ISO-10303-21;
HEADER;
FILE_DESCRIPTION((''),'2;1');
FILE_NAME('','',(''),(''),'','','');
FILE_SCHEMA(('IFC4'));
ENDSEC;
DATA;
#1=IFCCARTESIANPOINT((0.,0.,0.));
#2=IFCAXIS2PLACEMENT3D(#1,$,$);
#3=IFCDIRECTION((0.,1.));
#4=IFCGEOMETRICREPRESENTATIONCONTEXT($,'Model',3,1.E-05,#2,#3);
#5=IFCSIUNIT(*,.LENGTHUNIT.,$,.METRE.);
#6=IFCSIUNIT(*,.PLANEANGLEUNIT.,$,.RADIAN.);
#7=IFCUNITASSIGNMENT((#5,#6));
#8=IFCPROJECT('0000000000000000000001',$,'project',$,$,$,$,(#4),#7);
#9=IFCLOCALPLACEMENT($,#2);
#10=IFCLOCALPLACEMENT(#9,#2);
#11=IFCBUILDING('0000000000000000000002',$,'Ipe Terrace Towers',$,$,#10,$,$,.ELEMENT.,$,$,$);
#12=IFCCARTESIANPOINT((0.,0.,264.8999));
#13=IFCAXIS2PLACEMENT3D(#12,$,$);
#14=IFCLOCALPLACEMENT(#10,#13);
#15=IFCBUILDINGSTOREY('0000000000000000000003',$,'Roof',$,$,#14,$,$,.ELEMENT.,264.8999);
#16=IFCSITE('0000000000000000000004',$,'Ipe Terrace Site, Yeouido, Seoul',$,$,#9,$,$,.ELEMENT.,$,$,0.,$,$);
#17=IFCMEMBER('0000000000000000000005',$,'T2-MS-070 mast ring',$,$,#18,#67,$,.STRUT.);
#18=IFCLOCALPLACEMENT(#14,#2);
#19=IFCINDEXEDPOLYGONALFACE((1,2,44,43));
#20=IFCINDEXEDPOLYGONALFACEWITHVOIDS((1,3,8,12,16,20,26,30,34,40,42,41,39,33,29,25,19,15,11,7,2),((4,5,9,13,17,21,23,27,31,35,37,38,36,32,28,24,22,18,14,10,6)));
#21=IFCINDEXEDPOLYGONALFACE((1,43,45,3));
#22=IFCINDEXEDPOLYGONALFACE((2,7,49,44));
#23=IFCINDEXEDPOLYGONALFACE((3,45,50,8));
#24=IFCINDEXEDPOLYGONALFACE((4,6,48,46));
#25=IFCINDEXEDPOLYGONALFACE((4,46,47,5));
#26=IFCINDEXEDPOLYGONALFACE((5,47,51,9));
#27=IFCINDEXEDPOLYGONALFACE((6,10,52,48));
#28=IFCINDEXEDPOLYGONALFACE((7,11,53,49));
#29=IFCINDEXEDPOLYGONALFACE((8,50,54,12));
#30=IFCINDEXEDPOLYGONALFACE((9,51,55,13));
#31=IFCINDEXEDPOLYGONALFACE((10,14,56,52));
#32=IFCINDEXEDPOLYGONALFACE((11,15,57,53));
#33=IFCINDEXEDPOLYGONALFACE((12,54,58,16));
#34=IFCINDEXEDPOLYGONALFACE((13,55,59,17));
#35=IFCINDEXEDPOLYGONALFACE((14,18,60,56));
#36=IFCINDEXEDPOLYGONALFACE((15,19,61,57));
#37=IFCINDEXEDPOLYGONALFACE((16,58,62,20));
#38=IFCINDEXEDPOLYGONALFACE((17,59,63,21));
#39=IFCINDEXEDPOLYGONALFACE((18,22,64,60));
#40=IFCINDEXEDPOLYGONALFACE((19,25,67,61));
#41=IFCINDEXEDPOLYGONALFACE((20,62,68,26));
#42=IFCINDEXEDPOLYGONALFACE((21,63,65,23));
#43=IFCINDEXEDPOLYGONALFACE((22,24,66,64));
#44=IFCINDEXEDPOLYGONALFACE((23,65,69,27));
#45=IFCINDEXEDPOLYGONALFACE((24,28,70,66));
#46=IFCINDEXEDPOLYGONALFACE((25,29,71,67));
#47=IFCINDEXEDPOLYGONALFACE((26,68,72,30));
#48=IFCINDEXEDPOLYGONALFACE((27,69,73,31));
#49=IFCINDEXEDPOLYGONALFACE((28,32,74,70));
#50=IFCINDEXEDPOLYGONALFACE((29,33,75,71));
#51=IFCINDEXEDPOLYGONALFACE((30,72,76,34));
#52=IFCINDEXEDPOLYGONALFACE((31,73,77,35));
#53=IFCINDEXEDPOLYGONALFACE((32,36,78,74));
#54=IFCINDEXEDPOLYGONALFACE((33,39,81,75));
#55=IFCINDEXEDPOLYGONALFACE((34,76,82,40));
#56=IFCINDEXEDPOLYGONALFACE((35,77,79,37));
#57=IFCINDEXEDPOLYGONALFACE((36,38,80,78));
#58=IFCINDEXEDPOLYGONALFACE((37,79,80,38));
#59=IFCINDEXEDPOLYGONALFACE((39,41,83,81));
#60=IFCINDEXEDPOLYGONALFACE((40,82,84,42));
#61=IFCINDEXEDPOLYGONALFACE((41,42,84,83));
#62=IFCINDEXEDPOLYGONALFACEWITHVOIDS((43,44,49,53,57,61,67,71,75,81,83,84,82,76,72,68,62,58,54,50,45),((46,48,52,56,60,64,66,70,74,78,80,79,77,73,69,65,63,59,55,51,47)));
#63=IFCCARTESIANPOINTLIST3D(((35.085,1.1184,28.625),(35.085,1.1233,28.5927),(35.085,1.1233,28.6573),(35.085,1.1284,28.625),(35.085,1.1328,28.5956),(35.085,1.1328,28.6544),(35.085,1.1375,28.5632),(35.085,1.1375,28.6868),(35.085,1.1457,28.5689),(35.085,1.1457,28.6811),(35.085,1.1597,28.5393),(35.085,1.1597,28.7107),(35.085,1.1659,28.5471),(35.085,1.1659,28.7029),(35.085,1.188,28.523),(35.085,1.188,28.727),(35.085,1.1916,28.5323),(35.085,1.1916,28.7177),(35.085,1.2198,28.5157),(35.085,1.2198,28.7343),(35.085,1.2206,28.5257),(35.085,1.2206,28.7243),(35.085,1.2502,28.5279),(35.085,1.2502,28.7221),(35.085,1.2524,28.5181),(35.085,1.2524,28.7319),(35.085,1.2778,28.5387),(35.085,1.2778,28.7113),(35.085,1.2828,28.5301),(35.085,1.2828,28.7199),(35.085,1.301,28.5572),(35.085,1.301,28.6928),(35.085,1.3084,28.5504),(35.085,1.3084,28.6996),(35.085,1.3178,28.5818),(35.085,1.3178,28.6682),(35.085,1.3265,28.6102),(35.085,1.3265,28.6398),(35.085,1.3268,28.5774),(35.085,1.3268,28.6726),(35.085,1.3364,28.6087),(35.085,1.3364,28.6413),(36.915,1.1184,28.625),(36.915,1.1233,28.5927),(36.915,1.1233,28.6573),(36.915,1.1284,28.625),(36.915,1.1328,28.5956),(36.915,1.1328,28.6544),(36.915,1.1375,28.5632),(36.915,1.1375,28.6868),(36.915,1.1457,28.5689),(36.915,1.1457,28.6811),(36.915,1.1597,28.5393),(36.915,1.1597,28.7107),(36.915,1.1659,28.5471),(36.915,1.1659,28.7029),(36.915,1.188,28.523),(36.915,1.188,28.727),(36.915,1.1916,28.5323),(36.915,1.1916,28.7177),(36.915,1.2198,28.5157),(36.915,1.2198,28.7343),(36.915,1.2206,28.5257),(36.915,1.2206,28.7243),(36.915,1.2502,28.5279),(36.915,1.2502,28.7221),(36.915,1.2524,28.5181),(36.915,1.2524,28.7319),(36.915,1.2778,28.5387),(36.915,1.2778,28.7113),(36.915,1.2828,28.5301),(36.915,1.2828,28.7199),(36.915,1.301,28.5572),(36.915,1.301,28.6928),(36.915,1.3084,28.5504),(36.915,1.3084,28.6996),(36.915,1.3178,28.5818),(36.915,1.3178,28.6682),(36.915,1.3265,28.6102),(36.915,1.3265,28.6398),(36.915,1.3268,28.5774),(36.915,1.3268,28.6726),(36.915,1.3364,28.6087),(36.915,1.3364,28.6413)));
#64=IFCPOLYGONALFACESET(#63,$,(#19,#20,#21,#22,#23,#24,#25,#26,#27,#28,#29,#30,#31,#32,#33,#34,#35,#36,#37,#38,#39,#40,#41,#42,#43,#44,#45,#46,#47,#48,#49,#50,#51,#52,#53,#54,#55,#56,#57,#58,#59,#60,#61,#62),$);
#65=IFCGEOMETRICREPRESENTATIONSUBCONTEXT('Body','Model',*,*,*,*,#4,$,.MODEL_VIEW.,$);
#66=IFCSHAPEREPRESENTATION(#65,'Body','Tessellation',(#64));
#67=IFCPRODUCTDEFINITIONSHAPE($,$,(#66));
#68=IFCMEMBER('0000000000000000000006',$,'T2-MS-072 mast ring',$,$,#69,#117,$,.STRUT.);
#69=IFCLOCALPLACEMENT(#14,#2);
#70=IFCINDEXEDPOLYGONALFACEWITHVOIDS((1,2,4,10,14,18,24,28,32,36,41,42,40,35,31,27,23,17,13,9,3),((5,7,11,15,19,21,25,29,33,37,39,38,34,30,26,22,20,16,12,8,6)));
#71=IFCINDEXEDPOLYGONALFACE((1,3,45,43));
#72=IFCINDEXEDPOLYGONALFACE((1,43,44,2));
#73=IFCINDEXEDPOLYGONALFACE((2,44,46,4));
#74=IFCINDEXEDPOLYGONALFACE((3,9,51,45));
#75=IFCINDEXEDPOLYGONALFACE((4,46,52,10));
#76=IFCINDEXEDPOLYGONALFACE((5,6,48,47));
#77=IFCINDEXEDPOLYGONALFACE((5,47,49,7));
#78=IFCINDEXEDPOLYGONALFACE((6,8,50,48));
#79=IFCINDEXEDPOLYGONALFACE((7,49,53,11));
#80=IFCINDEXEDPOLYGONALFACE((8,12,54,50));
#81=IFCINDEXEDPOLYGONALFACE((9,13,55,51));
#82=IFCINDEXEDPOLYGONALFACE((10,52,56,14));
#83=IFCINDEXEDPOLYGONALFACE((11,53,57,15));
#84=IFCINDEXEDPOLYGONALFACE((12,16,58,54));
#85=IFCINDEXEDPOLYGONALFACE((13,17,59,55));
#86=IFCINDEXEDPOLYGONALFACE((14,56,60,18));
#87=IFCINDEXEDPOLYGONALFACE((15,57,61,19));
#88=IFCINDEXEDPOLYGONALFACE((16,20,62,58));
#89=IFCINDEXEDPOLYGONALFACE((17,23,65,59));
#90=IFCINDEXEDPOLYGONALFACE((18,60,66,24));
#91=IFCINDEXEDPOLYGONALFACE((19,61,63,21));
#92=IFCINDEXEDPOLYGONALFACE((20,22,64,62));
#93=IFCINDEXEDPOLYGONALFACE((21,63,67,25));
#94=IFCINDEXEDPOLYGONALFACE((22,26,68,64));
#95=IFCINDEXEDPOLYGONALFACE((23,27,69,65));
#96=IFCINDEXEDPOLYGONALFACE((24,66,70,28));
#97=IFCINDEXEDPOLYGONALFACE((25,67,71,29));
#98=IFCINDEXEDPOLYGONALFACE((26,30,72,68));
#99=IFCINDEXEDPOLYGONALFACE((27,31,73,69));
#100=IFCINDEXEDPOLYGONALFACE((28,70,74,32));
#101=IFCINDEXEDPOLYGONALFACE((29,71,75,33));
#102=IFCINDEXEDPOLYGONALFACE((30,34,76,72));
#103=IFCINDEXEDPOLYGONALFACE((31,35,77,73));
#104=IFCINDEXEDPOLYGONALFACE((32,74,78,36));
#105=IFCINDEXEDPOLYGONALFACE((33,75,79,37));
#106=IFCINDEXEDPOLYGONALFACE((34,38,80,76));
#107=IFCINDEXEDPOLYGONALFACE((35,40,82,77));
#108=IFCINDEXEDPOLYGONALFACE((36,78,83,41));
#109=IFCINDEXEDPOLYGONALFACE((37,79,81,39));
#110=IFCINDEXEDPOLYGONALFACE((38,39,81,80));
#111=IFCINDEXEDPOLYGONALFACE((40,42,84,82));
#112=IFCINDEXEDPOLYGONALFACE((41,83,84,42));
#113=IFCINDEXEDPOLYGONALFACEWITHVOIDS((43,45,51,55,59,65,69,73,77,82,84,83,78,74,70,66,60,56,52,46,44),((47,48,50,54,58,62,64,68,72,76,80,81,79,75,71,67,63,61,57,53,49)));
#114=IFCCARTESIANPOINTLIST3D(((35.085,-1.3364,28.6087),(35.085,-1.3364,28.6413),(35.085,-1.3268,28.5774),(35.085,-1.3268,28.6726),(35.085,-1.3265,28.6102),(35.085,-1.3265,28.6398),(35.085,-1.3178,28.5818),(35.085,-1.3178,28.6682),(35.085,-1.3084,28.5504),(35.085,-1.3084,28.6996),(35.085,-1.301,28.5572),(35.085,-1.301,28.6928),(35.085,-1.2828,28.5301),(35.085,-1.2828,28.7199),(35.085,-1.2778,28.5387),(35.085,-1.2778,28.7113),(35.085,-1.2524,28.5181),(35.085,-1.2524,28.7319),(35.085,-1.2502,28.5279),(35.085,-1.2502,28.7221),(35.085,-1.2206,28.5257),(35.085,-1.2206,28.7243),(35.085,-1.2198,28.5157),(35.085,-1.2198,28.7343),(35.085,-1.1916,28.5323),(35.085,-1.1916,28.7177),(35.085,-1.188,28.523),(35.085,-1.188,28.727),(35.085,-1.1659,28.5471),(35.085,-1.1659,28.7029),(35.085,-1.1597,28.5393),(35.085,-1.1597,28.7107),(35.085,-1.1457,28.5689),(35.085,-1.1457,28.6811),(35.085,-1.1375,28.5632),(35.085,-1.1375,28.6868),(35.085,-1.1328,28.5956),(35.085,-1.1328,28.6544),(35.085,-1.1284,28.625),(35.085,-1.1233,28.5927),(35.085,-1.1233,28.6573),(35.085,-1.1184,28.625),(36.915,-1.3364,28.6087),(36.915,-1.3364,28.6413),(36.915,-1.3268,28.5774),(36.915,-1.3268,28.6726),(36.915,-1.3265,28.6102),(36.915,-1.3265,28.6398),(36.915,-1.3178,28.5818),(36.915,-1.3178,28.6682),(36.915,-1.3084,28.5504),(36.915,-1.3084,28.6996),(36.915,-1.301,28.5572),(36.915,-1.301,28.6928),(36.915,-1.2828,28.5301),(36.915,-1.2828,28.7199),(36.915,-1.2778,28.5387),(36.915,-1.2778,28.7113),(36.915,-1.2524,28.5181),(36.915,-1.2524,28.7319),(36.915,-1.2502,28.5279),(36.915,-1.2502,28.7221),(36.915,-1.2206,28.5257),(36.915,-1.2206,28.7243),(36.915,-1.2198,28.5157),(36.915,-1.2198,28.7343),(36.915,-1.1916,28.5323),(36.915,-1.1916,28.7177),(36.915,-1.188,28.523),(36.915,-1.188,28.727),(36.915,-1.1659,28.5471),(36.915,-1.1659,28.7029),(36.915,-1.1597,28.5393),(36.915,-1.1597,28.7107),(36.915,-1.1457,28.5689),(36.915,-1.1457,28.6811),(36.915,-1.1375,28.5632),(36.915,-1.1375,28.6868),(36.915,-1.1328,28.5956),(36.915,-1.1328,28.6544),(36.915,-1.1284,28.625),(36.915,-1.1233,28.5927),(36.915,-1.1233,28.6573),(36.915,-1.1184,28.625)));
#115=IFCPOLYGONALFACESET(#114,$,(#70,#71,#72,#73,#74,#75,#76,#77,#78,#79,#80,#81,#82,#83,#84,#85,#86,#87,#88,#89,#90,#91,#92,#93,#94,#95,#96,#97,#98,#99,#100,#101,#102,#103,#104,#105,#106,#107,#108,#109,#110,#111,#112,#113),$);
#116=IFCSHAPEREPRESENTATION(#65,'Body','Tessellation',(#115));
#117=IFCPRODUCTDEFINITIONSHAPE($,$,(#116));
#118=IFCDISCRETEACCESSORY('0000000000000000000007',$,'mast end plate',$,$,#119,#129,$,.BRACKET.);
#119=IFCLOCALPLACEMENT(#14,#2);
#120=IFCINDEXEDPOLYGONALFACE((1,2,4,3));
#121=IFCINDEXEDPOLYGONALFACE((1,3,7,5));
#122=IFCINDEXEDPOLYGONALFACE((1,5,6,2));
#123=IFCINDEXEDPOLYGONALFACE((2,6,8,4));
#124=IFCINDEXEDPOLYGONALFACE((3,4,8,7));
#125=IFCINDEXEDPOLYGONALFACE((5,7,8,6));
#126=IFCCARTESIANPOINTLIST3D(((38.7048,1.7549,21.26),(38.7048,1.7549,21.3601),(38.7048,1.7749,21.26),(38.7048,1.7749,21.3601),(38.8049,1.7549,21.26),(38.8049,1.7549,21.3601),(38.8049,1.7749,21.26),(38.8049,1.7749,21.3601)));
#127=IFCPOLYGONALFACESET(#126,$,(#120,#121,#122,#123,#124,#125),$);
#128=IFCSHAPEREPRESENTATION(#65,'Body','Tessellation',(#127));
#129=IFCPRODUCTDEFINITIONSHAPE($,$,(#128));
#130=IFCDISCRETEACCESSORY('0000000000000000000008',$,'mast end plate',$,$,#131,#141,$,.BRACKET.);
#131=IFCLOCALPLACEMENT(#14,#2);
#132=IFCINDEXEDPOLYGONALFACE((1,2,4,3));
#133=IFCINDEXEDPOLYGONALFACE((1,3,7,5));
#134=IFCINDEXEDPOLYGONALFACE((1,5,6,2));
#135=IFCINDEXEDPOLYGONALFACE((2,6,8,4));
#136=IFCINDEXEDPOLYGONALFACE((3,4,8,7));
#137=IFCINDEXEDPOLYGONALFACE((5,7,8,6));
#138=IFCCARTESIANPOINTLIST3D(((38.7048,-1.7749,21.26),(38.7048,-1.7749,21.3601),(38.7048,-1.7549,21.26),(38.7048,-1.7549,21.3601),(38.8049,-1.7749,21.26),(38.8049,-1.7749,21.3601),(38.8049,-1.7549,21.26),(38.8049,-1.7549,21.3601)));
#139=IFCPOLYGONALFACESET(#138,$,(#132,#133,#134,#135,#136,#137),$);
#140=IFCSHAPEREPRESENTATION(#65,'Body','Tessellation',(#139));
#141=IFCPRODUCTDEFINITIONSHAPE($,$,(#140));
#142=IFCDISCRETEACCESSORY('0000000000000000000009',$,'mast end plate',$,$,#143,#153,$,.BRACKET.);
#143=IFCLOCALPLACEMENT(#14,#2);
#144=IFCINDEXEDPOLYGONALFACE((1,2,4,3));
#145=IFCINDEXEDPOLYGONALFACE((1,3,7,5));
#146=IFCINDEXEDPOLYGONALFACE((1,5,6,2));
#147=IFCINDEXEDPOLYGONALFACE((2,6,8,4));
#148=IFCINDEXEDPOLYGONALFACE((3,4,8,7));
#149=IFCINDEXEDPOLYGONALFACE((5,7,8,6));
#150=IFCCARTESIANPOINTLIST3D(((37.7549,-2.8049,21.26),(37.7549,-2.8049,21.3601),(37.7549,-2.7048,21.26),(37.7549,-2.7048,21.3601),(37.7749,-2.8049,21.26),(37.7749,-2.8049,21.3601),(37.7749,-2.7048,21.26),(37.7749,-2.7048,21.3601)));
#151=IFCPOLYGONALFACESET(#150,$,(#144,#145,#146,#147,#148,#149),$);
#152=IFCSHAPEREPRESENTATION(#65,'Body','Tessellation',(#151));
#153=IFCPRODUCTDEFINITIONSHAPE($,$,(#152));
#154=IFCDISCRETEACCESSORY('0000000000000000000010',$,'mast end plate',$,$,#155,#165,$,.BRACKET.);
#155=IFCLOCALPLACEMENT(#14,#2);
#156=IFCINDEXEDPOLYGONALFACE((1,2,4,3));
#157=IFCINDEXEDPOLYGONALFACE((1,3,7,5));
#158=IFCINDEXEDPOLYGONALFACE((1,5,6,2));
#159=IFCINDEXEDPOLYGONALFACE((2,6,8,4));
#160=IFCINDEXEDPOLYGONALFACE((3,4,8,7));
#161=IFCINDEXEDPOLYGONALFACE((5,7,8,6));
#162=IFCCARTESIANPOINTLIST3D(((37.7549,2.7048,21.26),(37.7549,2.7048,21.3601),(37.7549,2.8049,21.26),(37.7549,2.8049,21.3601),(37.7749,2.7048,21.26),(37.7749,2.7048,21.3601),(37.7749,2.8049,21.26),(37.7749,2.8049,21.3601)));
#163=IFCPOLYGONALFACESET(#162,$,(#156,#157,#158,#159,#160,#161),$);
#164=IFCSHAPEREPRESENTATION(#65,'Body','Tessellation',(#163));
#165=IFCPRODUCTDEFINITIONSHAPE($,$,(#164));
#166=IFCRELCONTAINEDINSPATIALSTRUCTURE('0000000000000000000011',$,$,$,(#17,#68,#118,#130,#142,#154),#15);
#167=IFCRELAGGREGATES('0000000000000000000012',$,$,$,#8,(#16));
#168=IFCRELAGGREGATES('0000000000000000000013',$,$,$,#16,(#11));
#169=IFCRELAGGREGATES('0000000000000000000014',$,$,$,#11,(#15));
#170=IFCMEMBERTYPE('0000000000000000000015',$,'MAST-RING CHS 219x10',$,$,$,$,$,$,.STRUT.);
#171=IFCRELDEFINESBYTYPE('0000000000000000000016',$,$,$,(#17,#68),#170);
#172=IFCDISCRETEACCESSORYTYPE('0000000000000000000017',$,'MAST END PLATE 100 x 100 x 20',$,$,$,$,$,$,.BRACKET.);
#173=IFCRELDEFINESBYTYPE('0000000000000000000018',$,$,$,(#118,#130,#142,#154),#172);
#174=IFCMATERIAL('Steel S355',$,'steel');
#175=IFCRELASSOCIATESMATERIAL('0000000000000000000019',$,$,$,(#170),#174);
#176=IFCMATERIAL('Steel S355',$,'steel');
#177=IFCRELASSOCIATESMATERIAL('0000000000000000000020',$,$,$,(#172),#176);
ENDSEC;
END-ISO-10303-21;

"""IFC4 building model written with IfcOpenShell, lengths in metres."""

from ifc_helpers import new_model, si_unit, direction, frame, origin, origin_2d, place, context, subcontext, project, spatial, rectangle, hollow_circle, extrude, material, material_profile, profile_set, type_object, element, save


model = new_model("IFC4")

# Units and contexts
model_context = context("Model", 3, precision=1e-05, world=origin(), true_north=direction((0.0, 1.0)))
body_context = subcontext(model_context, "Body", "Model", "MODEL_VIEW")
ifc_project = project(units=[si_unit("LENGTHUNIT", "METRE"), si_unit("PLANEANGLEUNIT", "RADIAN")], contexts=[model_context])

# Site, building, storey
site_placement = place(None, origin())
site = spatial("IfcSite", under=ifc_project, at=site_placement, Name="Ipe Terrace Site, Yeouido, Seoul", CompositionType="ELEMENT", RefElevation=0.0)
building_placement = place(site_placement, origin())
building = spatial("IfcBuilding", under=site, at=building_placement, Name="Ipe Terrace Towers", CompositionType="ELEMENT")
storey_placement = place(building_placement, frame((0.0, 0.0, 264.8999)))
storey = spatial("IfcBuildingStorey", under=building, at=storey_placement, Name="Roof", CompositionType="ELEMENT", Elevation=264.8999)

# Members
ifc_material_1 = material(Name="Steel S355", Category="steel")
ifc_material_profile_1 = material_profile(ifc_material_1, hollow_circle(Radius=0.1096, WallThickness=0.01, at=origin_2d()), Name="MAST-RING CHS 219x10")
ifc_profile_set_1 = profile_set([ifc_material_profile_1], Name="Steel S355")
member_type_1 = type_object("IfcMemberType", Name="MAST-RING CHS 219x10", PredefinedType="STRUT", material=ifc_profile_set_1)
for number, where, z_axis, x_axis, name in (
    (1, (36.915, 1.228, 28.625), (-1.0, 0.0, 0.0), (0.0, -1.0, 0.0), "T2-MS-070 mast ring"),
    (2, (35.085, -1.228, 28.625), (1.0, 0.0, 0.0), (0.0, 1.0, 0.0), "T2-MS-072 mast ring"),
):
    element("IfcMember", number, at=place(storey_placement, frame(where, z_axis=z_axis, x_axis=x_axis)), inside=storey, type_object=member_type_1, Name=name, PredefinedType="STRUT", context=body_context, shape_type="SweptSolid", body=[
        extrude(hollow_circle(Radius=0.1096, WallThickness=0.01, at=origin_2d()), origin(), (0.0, 0.0, 1.0), 1.8301),
    ])

# Discrete accessories
ifc_material_2 = material(Name="Steel S355", Category="steel")
ifc_material_profile_2 = material_profile(ifc_material_2, rectangle(XDim=0.1001, YDim=0.1001, at=origin_2d()), Name="MAST END PLATE 100 x 100 x 20")
ifc_profile_set_2 = profile_set([ifc_material_profile_2], Name="Steel S355")
discrete_accessory_type = type_object("IfcDiscreteAccessoryType", Name="MAST END PLATE 100 x 100 x 20", PredefinedType="BRACKET", material=ifc_profile_set_2)
for number, where, z_axis, x_axis, name in (
    (3, (38.7549, 1.7549, 21.3101), (0.0, 1.0, 0.0), (-1.0, 0.0, 0.0), "mast end plate"),
    (4, (38.7549, -1.7549, 21.3101), (0.0, -1.0, 0.0), (1.0, 0.0, 0.0), "mast end plate"),
    (5, (37.7549, -2.7549, 21.3101), (1.0, 0.0, 0.0), (0.0, 1.0, 0.0), "mast end plate"),
    (6, (37.7549, 2.7549, 21.3101), (1.0, 0.0, 0.0), (0.0, 1.0, 0.0), "mast end plate"),
):
    element("IfcDiscreteAccessory", number, at=place(storey_placement, frame(where, z_axis=z_axis, x_axis=x_axis)), inside=storey, type_object=discrete_accessory_type, Name=name, PredefinedType="BRACKET", context=body_context, shape_type="SweptSolid", body=[
        extrude(rectangle(XDim=0.1001, YDim=0.1001, at=origin_2d()), origin(), (0.0, 0.0, 1.0), 0.02),
    ])

save(model, "model.ifc")
